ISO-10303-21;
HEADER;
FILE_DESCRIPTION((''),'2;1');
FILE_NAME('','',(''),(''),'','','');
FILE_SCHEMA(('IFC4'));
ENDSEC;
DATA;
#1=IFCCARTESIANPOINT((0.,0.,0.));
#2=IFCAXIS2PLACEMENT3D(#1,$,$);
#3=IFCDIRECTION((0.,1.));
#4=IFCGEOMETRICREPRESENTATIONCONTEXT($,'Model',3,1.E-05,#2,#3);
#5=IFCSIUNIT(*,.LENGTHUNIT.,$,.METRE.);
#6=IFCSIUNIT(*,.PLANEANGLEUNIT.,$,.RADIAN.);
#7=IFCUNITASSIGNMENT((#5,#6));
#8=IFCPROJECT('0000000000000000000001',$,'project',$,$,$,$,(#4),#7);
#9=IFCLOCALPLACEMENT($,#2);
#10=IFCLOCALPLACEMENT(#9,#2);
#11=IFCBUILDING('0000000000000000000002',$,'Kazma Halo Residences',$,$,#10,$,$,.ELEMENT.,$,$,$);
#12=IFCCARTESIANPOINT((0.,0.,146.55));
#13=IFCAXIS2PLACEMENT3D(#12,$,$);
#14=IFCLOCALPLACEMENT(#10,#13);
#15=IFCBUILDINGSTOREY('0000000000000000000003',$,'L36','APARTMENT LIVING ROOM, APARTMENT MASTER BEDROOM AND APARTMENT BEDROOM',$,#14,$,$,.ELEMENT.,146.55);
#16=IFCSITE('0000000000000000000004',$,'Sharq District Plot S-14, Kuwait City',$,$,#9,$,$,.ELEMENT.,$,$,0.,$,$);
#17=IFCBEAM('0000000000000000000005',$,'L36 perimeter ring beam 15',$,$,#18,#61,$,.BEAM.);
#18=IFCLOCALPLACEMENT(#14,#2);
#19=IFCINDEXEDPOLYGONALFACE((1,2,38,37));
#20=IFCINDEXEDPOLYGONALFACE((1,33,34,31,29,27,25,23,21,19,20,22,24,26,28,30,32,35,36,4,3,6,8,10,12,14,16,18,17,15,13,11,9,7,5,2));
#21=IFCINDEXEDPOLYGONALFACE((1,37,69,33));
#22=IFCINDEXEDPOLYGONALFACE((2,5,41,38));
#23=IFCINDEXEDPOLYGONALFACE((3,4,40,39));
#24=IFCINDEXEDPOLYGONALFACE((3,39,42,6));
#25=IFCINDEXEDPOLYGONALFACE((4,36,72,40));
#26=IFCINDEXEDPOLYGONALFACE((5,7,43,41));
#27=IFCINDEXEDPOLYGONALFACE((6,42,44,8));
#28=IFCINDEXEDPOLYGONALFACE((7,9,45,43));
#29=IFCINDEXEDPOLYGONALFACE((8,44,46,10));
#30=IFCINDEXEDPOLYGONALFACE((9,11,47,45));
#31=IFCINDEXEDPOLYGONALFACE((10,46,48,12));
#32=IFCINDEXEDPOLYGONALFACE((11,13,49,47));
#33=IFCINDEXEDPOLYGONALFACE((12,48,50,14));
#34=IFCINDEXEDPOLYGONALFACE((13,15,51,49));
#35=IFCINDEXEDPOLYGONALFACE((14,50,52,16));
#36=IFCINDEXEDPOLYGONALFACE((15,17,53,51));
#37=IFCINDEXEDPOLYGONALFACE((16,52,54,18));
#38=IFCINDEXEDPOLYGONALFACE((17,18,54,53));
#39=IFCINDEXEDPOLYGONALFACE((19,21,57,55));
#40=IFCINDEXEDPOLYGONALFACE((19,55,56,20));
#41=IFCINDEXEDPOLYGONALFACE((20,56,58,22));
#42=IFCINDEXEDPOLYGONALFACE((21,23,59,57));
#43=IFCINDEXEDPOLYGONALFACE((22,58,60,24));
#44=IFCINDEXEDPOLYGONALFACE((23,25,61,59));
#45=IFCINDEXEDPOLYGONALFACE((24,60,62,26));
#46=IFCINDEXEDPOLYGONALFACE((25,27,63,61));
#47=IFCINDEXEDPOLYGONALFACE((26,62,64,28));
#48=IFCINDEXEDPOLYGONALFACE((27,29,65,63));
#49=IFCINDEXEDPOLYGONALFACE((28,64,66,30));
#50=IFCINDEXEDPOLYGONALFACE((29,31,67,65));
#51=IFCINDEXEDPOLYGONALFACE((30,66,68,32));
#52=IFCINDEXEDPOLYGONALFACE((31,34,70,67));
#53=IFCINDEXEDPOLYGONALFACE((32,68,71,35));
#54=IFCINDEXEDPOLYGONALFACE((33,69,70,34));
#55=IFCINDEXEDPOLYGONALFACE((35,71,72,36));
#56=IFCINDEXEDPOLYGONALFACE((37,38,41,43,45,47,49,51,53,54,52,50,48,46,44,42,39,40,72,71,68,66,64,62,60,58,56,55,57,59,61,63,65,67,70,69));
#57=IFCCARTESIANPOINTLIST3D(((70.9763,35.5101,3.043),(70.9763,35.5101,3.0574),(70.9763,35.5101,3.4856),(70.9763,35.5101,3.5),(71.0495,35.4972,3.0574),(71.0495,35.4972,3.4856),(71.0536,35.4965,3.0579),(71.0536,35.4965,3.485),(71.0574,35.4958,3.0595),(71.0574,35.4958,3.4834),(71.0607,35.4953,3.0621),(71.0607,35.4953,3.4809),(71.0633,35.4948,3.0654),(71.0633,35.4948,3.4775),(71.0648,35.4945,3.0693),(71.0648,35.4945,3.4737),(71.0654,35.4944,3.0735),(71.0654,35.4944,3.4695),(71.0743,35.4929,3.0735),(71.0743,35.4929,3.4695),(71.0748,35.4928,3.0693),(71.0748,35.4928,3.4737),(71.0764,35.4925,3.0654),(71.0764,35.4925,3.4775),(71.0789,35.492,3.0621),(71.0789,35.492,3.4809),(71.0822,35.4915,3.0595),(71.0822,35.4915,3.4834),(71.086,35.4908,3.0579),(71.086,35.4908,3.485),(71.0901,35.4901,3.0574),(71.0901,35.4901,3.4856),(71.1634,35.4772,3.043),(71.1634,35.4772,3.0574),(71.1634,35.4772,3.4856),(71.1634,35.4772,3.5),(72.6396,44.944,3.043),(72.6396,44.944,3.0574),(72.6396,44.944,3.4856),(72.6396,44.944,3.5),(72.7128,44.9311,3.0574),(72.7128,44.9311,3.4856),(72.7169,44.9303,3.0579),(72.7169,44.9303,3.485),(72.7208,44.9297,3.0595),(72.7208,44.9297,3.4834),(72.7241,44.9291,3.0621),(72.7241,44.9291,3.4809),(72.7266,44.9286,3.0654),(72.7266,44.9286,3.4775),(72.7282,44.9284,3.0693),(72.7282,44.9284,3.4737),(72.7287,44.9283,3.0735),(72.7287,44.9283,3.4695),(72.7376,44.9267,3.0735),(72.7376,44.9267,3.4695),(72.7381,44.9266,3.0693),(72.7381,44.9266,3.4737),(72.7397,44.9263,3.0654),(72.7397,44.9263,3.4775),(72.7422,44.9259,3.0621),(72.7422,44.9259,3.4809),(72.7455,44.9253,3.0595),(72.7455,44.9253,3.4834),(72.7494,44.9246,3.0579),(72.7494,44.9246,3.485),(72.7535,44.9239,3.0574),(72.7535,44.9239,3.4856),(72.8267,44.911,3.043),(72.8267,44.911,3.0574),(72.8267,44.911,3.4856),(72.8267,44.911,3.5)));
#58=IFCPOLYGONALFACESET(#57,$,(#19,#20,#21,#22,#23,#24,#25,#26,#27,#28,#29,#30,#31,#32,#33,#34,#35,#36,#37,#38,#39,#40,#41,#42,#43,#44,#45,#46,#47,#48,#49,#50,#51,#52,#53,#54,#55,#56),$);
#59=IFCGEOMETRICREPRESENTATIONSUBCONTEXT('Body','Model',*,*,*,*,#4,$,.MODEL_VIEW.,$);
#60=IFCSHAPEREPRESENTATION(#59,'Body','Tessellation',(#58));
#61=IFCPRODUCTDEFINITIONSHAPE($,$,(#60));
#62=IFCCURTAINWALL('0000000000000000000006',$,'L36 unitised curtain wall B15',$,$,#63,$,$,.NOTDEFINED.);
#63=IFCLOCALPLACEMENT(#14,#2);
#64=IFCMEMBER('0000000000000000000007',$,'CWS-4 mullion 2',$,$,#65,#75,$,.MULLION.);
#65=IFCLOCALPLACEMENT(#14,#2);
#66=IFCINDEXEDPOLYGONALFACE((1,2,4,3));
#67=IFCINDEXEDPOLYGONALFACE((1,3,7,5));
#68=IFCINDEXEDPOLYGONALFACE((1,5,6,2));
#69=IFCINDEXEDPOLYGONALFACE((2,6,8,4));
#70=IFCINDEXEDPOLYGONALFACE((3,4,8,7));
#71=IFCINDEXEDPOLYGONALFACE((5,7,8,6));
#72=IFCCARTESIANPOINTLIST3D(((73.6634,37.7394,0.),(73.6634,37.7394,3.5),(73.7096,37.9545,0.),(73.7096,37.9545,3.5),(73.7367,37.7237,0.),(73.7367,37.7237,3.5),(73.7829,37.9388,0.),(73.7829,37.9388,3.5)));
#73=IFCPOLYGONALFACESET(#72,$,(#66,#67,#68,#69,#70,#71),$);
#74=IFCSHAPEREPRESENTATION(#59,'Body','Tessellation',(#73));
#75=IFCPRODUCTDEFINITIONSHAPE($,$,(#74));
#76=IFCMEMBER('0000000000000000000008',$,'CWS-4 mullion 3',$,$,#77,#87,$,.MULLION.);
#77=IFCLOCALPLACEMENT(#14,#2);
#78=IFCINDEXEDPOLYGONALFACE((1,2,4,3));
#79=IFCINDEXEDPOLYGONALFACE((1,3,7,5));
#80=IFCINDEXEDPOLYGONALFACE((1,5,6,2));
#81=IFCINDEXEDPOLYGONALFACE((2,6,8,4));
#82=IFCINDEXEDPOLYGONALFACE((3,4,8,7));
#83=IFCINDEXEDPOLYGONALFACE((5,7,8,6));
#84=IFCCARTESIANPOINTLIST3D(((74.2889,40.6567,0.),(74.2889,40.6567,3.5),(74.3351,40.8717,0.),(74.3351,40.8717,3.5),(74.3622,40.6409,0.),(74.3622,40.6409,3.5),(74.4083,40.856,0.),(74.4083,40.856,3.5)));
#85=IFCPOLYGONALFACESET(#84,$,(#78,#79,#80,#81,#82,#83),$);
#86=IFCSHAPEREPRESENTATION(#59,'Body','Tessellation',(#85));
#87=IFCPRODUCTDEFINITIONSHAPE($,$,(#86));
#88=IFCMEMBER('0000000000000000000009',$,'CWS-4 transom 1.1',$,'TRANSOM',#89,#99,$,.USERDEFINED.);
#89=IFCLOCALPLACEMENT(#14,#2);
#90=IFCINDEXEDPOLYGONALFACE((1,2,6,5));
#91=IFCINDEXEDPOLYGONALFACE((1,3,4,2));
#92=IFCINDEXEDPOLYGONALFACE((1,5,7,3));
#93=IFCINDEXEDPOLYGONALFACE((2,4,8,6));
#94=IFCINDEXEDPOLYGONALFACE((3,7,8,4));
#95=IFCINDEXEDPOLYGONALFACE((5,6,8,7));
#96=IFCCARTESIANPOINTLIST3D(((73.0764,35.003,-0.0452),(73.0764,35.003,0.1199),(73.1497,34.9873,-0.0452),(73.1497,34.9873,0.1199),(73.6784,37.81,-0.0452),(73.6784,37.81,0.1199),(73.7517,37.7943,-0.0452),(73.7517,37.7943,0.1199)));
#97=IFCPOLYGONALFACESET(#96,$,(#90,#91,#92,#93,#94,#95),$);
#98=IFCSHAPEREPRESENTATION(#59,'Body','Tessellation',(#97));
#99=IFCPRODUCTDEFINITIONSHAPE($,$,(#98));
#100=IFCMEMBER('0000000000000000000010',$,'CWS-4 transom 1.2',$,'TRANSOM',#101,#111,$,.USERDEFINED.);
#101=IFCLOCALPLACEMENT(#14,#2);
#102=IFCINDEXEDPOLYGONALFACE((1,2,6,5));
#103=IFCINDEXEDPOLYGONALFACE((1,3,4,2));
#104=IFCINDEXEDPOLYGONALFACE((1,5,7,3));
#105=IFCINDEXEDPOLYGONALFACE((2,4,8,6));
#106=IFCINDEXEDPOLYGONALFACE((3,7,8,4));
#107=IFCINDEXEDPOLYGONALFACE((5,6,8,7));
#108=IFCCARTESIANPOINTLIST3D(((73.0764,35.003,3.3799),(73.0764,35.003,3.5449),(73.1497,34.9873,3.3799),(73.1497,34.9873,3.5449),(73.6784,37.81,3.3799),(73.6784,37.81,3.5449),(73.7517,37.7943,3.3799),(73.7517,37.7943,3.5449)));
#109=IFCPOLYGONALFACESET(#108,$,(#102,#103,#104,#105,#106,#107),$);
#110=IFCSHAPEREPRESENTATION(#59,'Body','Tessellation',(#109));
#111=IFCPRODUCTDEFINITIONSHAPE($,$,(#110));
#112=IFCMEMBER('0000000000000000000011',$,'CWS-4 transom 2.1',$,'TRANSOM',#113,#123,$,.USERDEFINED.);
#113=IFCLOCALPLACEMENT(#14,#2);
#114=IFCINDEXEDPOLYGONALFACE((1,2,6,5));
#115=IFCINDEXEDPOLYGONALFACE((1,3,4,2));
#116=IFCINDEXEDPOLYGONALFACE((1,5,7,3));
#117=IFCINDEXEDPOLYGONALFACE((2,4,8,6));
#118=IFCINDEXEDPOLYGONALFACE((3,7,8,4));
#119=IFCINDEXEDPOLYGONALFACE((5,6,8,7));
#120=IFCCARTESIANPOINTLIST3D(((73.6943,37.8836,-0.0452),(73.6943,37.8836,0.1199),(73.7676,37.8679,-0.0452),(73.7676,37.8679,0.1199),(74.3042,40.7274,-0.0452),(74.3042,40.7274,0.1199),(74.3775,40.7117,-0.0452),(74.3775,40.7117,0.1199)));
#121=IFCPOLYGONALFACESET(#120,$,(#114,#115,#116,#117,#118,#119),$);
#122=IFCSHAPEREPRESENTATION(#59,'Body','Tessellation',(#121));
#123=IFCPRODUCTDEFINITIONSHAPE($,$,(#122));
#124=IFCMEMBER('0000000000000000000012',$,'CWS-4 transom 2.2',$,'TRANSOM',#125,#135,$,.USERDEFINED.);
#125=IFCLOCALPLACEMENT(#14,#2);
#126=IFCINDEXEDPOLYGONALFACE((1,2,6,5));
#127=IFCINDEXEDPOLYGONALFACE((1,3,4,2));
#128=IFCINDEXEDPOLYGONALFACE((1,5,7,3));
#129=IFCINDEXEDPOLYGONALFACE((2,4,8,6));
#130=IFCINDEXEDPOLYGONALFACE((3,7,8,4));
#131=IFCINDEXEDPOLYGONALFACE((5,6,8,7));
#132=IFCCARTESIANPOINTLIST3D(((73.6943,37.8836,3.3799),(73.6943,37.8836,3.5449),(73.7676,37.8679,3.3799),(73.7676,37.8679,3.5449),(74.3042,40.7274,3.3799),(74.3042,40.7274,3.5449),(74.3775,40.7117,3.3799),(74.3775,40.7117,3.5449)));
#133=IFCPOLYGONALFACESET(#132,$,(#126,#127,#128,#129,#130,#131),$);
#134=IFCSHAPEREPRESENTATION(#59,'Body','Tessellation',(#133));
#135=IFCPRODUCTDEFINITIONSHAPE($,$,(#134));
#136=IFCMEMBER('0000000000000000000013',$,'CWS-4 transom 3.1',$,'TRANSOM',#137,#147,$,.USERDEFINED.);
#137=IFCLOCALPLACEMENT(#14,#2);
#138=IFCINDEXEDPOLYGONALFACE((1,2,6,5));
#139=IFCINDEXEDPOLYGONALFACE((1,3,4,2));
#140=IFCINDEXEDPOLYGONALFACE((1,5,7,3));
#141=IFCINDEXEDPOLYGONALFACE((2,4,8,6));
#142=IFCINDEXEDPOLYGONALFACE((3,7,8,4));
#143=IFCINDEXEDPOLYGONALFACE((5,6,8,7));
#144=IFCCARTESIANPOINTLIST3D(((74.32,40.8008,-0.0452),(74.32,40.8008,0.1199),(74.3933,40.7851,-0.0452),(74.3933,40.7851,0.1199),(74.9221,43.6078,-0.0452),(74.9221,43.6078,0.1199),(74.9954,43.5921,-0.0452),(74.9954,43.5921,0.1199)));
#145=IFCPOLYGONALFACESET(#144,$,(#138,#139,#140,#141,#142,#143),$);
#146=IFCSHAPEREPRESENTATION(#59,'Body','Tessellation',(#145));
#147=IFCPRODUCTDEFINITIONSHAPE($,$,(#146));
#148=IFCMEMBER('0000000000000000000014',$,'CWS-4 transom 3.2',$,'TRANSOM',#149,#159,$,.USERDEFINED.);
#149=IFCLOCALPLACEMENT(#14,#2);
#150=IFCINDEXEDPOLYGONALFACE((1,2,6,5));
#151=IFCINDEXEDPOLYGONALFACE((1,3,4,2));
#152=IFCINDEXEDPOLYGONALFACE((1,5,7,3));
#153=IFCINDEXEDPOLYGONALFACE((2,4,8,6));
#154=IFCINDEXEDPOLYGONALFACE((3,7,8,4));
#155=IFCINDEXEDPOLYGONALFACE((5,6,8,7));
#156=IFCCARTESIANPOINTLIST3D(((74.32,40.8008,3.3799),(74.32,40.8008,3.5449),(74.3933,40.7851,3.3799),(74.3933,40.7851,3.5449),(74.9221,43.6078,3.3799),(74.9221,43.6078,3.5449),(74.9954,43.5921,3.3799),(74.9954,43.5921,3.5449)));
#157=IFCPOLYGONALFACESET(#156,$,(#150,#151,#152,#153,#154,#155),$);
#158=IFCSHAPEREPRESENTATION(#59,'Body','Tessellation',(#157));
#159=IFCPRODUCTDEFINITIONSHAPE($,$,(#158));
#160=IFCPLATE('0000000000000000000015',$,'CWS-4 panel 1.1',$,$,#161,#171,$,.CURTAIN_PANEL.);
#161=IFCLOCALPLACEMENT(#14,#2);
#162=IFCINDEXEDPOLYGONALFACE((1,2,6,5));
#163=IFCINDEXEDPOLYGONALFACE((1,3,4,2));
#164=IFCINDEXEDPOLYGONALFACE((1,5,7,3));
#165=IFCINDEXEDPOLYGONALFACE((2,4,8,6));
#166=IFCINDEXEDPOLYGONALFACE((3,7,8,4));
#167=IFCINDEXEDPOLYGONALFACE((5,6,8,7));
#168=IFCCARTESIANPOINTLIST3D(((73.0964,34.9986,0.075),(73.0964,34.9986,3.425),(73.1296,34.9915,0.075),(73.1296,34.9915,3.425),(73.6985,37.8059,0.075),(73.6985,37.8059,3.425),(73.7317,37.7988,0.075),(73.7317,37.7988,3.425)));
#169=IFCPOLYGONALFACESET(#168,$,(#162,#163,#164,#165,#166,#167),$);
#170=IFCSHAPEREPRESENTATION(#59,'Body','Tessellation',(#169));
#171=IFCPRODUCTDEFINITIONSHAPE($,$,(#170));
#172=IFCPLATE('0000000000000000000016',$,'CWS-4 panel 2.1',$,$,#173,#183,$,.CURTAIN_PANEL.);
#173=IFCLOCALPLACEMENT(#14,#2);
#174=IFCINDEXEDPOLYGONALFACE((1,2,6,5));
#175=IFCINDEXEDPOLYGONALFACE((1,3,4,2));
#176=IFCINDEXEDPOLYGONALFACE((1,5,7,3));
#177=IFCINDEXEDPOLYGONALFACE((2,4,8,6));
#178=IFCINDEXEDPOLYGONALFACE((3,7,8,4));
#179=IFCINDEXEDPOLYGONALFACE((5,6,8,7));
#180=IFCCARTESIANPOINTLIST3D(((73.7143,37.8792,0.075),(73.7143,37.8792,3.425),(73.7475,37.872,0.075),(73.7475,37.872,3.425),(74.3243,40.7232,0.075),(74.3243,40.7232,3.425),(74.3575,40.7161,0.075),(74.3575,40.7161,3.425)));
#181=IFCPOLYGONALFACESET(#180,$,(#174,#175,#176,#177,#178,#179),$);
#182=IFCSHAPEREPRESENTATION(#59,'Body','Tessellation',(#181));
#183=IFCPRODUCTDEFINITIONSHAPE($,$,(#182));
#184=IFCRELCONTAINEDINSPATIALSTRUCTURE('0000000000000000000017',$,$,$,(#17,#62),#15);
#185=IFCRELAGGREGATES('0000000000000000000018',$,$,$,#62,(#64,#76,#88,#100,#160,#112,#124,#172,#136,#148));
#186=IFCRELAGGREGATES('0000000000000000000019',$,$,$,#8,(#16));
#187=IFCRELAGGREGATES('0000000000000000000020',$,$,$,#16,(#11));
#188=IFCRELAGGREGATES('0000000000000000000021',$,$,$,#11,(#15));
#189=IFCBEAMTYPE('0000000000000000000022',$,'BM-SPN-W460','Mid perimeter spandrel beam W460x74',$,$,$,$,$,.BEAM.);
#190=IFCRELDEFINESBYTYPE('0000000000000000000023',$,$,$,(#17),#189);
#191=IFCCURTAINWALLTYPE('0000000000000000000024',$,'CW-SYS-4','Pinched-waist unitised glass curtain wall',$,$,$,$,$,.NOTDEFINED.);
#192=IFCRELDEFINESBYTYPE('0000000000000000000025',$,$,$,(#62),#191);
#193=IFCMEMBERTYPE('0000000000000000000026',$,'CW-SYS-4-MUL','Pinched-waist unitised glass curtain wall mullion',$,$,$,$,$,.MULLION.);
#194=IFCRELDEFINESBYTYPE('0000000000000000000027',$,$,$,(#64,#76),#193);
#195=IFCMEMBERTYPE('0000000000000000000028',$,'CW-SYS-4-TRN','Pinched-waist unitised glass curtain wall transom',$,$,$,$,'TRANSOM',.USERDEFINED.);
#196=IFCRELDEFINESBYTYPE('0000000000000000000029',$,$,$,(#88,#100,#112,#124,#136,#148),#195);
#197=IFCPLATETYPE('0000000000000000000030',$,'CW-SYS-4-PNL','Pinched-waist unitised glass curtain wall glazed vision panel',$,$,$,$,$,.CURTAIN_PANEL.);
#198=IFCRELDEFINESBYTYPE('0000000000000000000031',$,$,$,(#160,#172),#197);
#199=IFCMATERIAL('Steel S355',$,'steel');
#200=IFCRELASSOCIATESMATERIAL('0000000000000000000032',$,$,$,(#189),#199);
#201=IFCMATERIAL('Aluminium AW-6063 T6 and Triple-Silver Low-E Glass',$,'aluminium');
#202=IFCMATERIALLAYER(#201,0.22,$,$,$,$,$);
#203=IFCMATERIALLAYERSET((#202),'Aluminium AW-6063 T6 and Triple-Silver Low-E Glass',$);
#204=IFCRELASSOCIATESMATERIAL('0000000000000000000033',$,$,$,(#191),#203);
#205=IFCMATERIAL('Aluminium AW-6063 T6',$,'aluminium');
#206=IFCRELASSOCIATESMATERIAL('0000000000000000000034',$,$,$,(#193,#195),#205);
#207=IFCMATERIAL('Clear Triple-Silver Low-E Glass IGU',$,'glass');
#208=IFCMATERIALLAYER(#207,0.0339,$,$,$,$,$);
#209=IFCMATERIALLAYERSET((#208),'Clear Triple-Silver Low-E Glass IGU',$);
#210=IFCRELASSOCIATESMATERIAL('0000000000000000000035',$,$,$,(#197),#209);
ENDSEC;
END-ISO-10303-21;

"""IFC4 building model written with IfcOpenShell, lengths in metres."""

from ifc_helpers import new_model, si_unit, direction, frame, origin, origin_2d, place, context, subcontext, project, spatial, rectangle, i_section, extrude, material, layer, layer_set, material_profile, profile_set, type_object, element, aggregate, save


model = new_model("IFC4")

# Units and contexts
model_context = context("Model", 3, precision=1e-05, world=origin(), true_north=direction((0.0, 1.0)))
body_context = subcontext(model_context, "Body", "Model", "MODEL_VIEW")
ifc_project = project(units=[si_unit("LENGTHUNIT", "METRE"), si_unit("PLANEANGLEUNIT", "RADIAN")], contexts=[model_context])

# Site, building, storey
site_placement = place(None, origin())
site = spatial("IfcSite", under=ifc_project, at=site_placement, Name="Sharq District Plot S-14, Kuwait City", CompositionType="ELEMENT", RefElevation=0.0)
building_placement = place(site_placement, origin())
building = spatial("IfcBuilding", under=site, at=building_placement, Name="Kazma Halo Residences", CompositionType="ELEMENT")
storey_placement = place(building_placement, frame((0.0, 0.0, 146.55)))
storey = spatial("IfcBuildingStorey", under=building, at=storey_placement, Name="L36", Description="APARTMENT LIVING ROOM, APARTMENT MASTER BEDROOM AND APARTMENT BEDROOM", CompositionType="ELEMENT", Elevation=146.55)

# Beam
ifc_material_1 = material(Name="Steel S355", Category="steel")
ifc_material_profile_1 = material_profile(ifc_material_1, i_section(OverallWidth=0.1899, OverallDepth=0.457, WebThickness=0.009, FlangeThickness=0.0144, FilletRadius=0.0161, at=origin_2d()), Name="W460x74")
ifc_profile_set_1 = profile_set([ifc_material_profile_1], Name="Steel S355")
beam_type_1 = type_object("IfcBeamType", Name="BM-SPN-W460", Description="Mid perimeter spandrel beam W460x74", PredefinedType="BEAM", material=ifc_profile_set_1)
beam_1_placement = place(storey_placement, frame((71.0698, 35.4937, 3.2715), z_axis=(0.173637, 0.98481, 0.0), x_axis=(-0.98481, 0.173637, 0.0)))
element("IfcBeam", 1, at=beam_1_placement, inside=storey, type_object=beam_type_1, Name="L36 perimeter ring beam 15", PredefinedType="BEAM", context=body_context, shape_type="SweptSolid", body=[
    extrude(i_section(OverallWidth=0.1899, OverallDepth=0.457, WebThickness=0.009, FlangeThickness=0.0144, FilletRadius=0.0161, at=origin_2d()), origin(), (0.0, 0.0, 1.0), 9.5793),
])

# Curtain wall, members, plates
ifc_material_2 = material(Name="Aluminium AW-6063 T6 and Triple-Silver Low-E Glass", Category="aluminium")
ifc_layer_1 = layer(ifc_material_2, 0.22)
ifc_layer_set_1 = layer_set([ifc_layer_1], Name="Aluminium AW-6063 T6 and Triple-Silver Low-E Glass")
curtain_wall_type = type_object("IfcCurtainWallType", Name="CW-SYS-4", Description="Pinched-waist unitised glass curtain wall", PredefinedType="NOTDEFINED", material=ifc_layer_set_1)
curtain_wall_placement = place(storey_placement, origin())
curtain_wall = element("IfcCurtainWall", 2, at=curtain_wall_placement, inside=storey, type_object=curtain_wall_type, Name="L36 unitised curtain wall B15", PredefinedType="NOTDEFINED")
ifc_material_3 = material(Name="Aluminium AW-6063 T6", Category="aluminium")
ifc_material_profile_2 = material_profile(ifc_material_3, rectangle(XDim=0.075, YDim=0.22, at=origin_2d()), Name="CWM-75x220")
ifc_profile_set_2 = profile_set([ifc_material_profile_2], Name="Aluminium AW-6063 T6")
member_type_1 = type_object("IfcMemberType", Name="CW-SYS-4-MUL", Description="Pinched-waist unitised glass curtain wall mullion", PredefinedType="MULLION", material=ifc_profile_set_2)
member_1_placement = place(storey_placement, frame((73.7231, 37.8391, 0.0), z_axis=(0.0, 0.0, 1.0), x_axis=(-0.977765, 0.209704, 0.0)))
member_1 = element("IfcMember", 3, at=member_1_placement, type_object=member_type_1, Name="CWS-4 mullion 2", PredefinedType="MULLION", context=body_context, shape_type="SweptSolid", body=[
    extrude(rectangle(XDim=0.075, YDim=0.22, at=origin_2d()), origin(), (0.0, 0.0, 1.0), 3.5),
])
member_2_placement = place(storey_placement, frame((74.3486, 40.7563, 0.0), z_axis=(0.0, 0.0, 1.0), x_axis=(-0.977765, 0.209704, 0.0)))
member_2 = element("IfcMember", 4, at=member_2_placement, type_object=member_type_1, Name="CWS-4 mullion 3", PredefinedType="MULLION", context=body_context, shape_type="SweptSolid", body=[
    extrude(rectangle(XDim=0.075, YDim=0.22, at=origin_2d()), origin(), (0.0, 0.0, 1.0), 3.5),
])
ifc_material_profile_3 = material_profile(ifc_material_3, rectangle(XDim=0.075, YDim=0.165, at=origin_2d()), Name="CWT-75x165")
ifc_profile_set_3 = profile_set([ifc_material_profile_3], Name="Aluminium AW-6063 T6")
member_type_2 = type_object("IfcMemberType", Name="CW-SYS-4-TRN", Description="Pinched-waist unitised glass curtain wall transom", ElementType="TRANSOM", PredefinedType="USERDEFINED", material=ifc_profile_set_3)
member_3_placement = place(storey_placement, frame((73.113, 34.9951, 0.0374), z_axis=(0.209703, 0.977765, 0.0), x_axis=(-0.977765, 0.209703, 0.0)))
member_3 = element("IfcMember", 5, at=member_3_placement, type_object=member_type_2, Name="CWS-4 transom 1.1", ObjectType="TRANSOM", PredefinedType="USERDEFINED", context=body_context, shape_type="SweptSolid", body=[
    extrude(rectangle(XDim=0.075, YDim=0.165, at=origin_2d()), origin(), (0.0, 0.0, 1.0), 2.8708),
])
member_4_placement = place(storey_placement, frame((73.113, 34.9951, 3.4624), z_axis=(0.209703, 0.977765, 0.0), x_axis=(-0.977765, 0.209703, 0.0)))
member_4 = element("IfcMember", 6, at=member_4_placement, type_object=member_type_2, Name="CWS-4 transom 1.2", ObjectType="TRANSOM", PredefinedType="USERDEFINED", context=body_context, shape_type="SweptSolid", body=[
    extrude(rectangle(XDim=0.075, YDim=0.165, at=origin_2d()), origin(), (0.0, 0.0, 1.0), 2.8708),
])
member_5_placement = place(storey_placement, frame((73.731, 37.8757, 0.0374), z_axis=(0.20969, 0.977768, 0.0), x_axis=(-0.977768, 0.20969, 0.0)))
member_5 = element("IfcMember", 7, at=member_5_placement, type_object=member_type_2, Name="CWS-4 transom 2.1", ObjectType="TRANSOM", PredefinedType="USERDEFINED", context=body_context, shape_type="SweptSolid", body=[
    extrude(rectangle(XDim=0.075, YDim=0.165, at=origin_2d()), origin(), (0.0, 0.0, 1.0), 2.9084),
])
member_6_placement = place(storey_placement, frame((73.731, 37.8757, 3.4624), z_axis=(0.20969, 0.977768, 0.0), x_axis=(-0.977768, 0.20969, 0.0)))
member_6 = element("IfcMember", 8, at=member_6_placement, type_object=member_type_2, Name="CWS-4 transom 2.2", ObjectType="TRANSOM", PredefinedType="USERDEFINED", context=body_context, shape_type="SweptSolid", body=[
    extrude(rectangle(XDim=0.075, YDim=0.165, at=origin_2d()), origin(), (0.0, 0.0, 1.0), 2.9084),
])
member_7_placement = place(storey_placement, frame((74.3567, 40.793, 0.0374), z_axis=(0.209703, 0.977765, 0.0), x_axis=(-0.977765, 0.209703, 0.0)))
member_7 = element("IfcMember", 9, at=member_7_placement, type_object=member_type_2, Name="CWS-4 transom 3.1", ObjectType="TRANSOM", PredefinedType="USERDEFINED", context=body_context, shape_type="SweptSolid", body=[
    extrude(rectangle(XDim=0.075, YDim=0.165, at=origin_2d()), origin(), (0.0, 0.0, 1.0), 2.8708),
])
member_8_placement = place(storey_placement, frame((74.3567, 40.793, 3.4624), z_axis=(0.209703, 0.977765, 0.0), x_axis=(-0.977765, 0.209703, 0.0)))
member_8 = element("IfcMember", 10, at=member_8_placement, type_object=member_type_2, Name="CWS-4 transom 3.2", ObjectType="TRANSOM", PredefinedType="USERDEFINED", context=body_context, shape_type="SweptSolid", body=[
    extrude(rectangle(XDim=0.075, YDim=0.165, at=origin_2d()), origin(), (0.0, 0.0, 1.0), 2.8708),
])
ifc_material_4 = material(Name="Clear Triple-Silver Low-E Glass IGU", Category="glass")
ifc_layer_2 = layer(ifc_material_4, 0.0339)
ifc_layer_set_2 = layer_set([ifc_layer_2], Name="Clear Triple-Silver Low-E Glass IGU")
plate_type = type_object("IfcPlateType", Name="CW-SYS-4-PNL", Description="Pinched-waist unitised glass curtain wall glazed vision panel", PredefinedType="CURTAIN_PANEL", material=ifc_layer_set_2)
plate_1_placement = place(storey_placement, frame((73.4141, 36.3987, 0.075), z_axis=(0.0, 0.0, 1.0), x_axis=(0.209704, 0.977765, 0.0)))
plate_1 = element("IfcPlate", 11, at=plate_1_placement, type_object=plate_type, Name="CWS-4 panel 1.1", PredefinedType="CURTAIN_PANEL", context=body_context, shape_type="SweptSolid", body=[
    extrude(rectangle(XDim=2.8711, YDim=0.0339, at=origin_2d()), origin(), (0.0, 0.0, 1.0), 3.3501),
])
plate_2_placement = place(storey_placement, frame((74.0359, 39.2976, 0.075), z_axis=(0.0, 0.0, 1.0), x_axis=(0.209704, 0.977765, 0.0)))
plate_2 = element("IfcPlate", 12, at=plate_2_placement, type_object=plate_type, Name="CWS-4 panel 2.1", PredefinedType="CURTAIN_PANEL", context=body_context, shape_type="SweptSolid", body=[
    extrude(rectangle(XDim=2.9087, YDim=0.0339, at=origin_2d()), origin(), (0.0, 0.0, 1.0), 3.3501),
])
aggregate(curtain_wall, [member_1, member_2, member_3, member_4, plate_1, member_5, member_6, plate_2, member_7, member_8])

save(model, "model.ifc")
